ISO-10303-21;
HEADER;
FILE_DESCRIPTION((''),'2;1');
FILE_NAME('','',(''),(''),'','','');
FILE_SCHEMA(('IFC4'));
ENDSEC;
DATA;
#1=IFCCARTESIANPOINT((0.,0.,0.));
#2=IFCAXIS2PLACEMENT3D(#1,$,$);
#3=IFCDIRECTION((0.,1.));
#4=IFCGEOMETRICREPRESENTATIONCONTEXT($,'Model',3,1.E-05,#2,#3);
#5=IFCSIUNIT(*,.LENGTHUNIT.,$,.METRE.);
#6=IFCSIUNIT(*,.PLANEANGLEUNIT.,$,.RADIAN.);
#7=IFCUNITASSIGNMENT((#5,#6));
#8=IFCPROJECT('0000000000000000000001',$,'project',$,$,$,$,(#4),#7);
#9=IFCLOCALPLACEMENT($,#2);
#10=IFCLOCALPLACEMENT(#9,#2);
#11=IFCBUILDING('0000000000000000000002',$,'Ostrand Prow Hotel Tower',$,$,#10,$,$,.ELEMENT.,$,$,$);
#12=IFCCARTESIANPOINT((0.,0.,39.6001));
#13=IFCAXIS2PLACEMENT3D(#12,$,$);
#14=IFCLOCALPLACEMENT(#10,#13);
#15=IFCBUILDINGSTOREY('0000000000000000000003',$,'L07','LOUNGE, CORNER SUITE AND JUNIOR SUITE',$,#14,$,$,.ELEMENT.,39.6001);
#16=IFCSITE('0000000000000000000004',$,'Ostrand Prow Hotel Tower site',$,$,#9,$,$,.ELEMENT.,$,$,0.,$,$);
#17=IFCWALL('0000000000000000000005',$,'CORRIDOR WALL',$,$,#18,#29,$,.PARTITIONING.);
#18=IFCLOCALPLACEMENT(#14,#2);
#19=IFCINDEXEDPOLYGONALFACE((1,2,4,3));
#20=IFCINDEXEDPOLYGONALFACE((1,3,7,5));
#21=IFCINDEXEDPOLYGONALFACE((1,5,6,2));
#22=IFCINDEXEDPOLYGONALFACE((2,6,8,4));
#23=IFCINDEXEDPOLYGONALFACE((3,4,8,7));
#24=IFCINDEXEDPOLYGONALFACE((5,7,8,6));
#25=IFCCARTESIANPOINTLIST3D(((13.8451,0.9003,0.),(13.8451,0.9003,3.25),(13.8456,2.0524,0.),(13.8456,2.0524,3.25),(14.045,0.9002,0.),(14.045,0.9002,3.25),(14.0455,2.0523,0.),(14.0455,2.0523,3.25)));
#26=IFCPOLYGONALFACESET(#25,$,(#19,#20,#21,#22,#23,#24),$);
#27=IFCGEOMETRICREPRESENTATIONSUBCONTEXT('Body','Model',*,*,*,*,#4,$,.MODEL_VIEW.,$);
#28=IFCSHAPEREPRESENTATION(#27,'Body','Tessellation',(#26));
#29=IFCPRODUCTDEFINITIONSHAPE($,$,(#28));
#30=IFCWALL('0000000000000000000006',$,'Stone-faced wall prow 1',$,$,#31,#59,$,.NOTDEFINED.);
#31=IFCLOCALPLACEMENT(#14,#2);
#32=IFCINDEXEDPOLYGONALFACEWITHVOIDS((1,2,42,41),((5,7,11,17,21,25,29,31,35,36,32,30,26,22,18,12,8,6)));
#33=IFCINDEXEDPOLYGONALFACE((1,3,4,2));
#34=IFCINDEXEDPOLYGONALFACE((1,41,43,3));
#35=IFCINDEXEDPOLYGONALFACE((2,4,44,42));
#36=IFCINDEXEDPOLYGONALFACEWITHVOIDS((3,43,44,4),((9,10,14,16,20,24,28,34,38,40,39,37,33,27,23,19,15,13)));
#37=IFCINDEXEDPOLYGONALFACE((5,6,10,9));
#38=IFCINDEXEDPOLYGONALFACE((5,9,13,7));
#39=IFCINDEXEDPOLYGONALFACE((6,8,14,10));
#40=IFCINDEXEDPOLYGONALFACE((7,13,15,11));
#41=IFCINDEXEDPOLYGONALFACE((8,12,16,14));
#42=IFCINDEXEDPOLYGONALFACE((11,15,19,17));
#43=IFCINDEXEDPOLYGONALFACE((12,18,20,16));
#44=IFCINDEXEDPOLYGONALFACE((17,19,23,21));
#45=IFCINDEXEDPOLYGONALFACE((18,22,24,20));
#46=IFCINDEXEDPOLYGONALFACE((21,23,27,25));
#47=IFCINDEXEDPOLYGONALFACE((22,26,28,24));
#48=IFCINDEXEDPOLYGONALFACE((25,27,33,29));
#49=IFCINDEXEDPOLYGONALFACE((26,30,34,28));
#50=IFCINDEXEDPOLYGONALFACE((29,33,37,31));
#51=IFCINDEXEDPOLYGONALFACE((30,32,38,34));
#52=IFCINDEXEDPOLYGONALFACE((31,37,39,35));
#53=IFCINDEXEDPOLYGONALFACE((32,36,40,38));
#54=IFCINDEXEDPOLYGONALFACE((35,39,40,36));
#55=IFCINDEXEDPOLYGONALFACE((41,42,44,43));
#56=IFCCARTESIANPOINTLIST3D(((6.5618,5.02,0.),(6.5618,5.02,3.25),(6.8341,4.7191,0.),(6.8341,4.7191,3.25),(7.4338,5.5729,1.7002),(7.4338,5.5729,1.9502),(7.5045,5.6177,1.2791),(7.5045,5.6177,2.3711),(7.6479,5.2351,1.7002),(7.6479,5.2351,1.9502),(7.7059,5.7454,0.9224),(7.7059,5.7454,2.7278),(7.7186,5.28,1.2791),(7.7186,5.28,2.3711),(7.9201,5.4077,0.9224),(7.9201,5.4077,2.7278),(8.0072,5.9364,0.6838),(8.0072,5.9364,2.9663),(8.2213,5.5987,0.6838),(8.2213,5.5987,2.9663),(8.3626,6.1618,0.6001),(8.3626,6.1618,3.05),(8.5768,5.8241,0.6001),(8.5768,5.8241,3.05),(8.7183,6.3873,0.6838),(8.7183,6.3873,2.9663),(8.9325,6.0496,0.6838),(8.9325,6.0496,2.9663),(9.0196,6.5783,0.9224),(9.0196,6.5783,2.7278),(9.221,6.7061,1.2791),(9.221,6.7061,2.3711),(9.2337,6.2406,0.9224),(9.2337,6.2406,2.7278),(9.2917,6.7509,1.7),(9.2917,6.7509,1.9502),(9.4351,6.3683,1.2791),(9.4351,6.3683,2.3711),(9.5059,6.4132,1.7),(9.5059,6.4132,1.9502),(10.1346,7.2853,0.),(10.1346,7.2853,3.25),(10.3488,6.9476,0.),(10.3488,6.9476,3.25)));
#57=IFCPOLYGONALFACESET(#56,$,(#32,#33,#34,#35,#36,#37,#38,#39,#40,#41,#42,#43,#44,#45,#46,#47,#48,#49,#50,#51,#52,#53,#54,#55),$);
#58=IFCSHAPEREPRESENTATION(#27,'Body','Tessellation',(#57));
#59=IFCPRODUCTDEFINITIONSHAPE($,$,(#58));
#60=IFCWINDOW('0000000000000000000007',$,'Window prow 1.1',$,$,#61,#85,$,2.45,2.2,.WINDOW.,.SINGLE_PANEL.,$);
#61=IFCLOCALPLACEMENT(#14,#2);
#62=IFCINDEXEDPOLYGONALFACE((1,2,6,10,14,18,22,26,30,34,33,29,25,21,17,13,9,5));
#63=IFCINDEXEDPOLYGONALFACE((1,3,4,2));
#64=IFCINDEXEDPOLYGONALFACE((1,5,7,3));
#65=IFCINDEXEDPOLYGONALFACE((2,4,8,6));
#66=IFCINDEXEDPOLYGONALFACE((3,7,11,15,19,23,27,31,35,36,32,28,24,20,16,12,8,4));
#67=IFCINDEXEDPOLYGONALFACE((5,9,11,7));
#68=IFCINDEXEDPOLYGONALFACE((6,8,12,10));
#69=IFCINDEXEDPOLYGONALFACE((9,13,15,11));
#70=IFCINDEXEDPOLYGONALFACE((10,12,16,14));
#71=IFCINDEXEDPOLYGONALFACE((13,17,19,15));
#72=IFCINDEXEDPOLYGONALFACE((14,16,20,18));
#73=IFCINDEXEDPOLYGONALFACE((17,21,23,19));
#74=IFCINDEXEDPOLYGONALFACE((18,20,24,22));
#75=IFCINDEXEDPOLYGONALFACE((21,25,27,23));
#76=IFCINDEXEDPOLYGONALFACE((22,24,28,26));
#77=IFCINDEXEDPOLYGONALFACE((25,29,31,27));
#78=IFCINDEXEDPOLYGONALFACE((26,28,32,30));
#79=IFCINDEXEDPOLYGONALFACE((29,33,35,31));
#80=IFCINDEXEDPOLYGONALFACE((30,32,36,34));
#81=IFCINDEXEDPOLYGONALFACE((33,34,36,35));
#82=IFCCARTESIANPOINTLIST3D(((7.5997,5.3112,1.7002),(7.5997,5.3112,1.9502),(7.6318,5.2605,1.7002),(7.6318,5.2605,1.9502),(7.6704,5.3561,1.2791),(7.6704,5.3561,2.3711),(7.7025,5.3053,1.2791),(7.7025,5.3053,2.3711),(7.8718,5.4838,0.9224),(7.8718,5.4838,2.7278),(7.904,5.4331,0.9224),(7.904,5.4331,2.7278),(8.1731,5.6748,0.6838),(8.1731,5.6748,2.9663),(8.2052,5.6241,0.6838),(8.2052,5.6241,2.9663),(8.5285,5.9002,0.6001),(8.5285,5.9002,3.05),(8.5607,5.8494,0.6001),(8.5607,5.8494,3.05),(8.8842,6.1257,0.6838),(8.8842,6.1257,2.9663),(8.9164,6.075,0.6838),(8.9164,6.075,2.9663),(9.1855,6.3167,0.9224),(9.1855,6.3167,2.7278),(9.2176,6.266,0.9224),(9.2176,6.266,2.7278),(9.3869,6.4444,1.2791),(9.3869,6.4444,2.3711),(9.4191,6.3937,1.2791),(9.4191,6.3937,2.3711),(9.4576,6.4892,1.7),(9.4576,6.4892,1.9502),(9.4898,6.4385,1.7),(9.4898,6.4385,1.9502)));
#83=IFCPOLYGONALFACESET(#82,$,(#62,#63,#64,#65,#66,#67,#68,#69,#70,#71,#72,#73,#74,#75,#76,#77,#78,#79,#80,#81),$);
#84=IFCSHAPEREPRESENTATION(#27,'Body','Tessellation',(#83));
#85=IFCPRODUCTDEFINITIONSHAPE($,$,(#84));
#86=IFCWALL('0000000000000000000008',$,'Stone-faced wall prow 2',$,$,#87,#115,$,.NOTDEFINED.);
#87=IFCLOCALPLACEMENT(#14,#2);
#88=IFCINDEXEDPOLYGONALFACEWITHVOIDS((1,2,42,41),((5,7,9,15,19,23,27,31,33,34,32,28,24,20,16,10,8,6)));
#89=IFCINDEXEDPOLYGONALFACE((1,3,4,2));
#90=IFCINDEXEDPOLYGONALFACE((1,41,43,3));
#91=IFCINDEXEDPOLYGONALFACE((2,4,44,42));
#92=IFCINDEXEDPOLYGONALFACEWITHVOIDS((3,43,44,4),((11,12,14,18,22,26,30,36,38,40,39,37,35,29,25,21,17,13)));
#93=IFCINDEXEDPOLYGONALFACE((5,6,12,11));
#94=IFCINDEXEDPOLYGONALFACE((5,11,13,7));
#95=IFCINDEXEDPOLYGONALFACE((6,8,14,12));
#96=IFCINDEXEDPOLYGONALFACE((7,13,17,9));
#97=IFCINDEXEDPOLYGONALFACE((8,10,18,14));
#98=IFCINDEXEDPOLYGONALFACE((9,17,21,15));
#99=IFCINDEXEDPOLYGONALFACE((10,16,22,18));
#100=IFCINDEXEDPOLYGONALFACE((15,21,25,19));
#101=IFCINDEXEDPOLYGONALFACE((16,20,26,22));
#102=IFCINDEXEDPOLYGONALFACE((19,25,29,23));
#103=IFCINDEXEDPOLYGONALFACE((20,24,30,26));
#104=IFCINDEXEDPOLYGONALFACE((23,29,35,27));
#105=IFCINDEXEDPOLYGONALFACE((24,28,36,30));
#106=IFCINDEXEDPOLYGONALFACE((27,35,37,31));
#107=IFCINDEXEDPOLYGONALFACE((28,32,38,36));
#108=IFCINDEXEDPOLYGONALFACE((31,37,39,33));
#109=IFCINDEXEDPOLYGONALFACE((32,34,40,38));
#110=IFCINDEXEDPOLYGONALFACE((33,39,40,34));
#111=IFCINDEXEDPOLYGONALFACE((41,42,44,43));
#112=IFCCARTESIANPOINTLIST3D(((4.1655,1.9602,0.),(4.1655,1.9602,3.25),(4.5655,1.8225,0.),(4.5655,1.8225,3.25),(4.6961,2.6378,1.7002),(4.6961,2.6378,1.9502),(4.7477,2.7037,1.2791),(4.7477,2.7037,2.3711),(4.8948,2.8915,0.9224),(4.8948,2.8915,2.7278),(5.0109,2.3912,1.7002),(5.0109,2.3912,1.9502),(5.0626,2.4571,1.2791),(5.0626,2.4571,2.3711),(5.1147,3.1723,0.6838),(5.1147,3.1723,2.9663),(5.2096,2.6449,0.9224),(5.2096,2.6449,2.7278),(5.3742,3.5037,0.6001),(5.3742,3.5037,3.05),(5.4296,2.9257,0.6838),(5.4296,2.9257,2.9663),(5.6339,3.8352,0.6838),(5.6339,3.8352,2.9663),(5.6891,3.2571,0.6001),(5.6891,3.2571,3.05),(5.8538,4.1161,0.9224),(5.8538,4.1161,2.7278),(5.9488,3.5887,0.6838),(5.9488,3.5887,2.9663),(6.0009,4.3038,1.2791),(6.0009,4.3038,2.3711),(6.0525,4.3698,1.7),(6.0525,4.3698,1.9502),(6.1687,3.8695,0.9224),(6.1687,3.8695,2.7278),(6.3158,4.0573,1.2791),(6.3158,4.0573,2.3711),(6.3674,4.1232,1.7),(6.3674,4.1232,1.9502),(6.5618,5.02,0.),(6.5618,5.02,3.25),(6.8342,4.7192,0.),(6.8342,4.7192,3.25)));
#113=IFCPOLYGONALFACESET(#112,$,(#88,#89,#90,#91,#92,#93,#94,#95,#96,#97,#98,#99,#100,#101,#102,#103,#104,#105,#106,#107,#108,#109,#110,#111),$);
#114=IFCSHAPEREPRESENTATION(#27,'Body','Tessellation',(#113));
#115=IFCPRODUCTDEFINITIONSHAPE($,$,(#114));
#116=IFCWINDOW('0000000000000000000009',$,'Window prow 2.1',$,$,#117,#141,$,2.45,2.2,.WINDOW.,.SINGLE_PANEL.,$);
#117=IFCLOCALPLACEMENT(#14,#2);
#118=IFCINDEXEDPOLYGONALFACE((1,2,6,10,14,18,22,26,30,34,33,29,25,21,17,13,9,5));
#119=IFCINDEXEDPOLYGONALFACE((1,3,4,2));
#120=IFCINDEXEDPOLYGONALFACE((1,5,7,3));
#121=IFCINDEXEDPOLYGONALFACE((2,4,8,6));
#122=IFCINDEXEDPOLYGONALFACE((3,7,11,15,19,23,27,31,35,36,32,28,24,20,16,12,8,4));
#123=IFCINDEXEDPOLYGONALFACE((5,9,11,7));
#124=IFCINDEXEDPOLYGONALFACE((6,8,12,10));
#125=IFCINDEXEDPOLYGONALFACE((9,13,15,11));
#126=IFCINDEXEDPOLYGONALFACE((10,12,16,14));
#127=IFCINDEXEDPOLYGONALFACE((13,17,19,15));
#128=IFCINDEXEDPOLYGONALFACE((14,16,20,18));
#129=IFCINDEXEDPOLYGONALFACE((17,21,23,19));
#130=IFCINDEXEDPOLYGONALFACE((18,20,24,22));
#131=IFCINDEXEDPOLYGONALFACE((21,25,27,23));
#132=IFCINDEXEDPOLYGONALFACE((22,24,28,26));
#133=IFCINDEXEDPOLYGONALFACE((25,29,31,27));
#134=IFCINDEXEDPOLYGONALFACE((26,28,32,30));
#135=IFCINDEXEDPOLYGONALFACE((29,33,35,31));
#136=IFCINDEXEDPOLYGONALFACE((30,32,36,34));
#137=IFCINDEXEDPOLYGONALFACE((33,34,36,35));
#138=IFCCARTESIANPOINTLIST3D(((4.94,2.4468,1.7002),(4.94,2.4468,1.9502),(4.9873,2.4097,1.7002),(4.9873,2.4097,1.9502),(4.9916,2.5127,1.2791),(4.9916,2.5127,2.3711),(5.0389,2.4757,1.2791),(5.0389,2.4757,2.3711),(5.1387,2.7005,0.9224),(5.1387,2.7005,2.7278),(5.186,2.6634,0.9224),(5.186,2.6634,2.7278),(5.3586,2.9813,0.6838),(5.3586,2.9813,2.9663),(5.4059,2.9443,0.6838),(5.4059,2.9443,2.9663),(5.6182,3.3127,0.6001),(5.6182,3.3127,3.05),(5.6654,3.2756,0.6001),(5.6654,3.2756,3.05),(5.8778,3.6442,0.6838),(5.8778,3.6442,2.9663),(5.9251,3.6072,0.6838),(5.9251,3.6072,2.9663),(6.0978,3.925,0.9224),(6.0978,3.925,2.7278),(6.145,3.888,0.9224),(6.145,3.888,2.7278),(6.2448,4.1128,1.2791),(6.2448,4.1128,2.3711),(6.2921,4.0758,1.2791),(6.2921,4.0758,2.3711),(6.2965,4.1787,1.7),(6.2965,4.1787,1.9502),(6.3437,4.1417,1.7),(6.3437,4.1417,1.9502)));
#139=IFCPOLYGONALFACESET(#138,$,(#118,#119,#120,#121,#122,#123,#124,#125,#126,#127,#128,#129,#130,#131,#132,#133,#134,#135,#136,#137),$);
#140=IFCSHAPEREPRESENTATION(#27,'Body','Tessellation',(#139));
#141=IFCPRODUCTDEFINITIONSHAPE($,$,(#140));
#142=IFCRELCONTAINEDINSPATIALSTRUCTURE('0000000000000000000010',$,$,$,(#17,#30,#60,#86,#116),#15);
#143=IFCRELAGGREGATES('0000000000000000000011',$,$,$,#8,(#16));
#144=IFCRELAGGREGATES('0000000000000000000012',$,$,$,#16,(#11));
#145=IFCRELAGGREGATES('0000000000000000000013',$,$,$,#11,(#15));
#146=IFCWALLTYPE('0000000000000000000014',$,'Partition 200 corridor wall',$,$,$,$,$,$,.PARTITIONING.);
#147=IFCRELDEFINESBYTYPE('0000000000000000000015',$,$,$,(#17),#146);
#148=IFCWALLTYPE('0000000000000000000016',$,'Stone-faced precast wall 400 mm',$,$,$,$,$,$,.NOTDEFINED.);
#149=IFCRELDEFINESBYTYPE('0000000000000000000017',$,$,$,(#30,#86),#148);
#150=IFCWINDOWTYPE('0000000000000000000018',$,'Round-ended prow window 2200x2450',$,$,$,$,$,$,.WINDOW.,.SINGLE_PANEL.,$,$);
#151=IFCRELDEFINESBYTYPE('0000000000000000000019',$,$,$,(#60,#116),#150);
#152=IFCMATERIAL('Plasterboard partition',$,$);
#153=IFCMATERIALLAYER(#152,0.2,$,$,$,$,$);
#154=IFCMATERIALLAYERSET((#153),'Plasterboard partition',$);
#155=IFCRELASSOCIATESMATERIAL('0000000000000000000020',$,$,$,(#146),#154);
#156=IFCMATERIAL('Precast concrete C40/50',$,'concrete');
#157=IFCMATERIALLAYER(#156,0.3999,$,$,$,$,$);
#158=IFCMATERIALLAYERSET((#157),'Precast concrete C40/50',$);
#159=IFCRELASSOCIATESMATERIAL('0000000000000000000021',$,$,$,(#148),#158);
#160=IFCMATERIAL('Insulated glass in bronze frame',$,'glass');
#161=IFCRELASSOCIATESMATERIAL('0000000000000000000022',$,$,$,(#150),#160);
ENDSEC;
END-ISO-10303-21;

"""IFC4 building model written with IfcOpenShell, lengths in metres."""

from ifc_helpers import new_model, si_unit, direction, frame, frame_2d, origin, place, context, subcontext, project, spatial, polyline, rectangle, outline, extrude, material, layer, layer_set, type_object, element, fill, save


model = new_model("IFC4")

# Units and contexts
model_context = context("Model", 3, precision=1e-05, world=origin(), true_north=direction((0.0, 1.0)))
body_context = subcontext(model_context, "Body", "Model", "MODEL_VIEW")
ifc_project = project(units=[si_unit("LENGTHUNIT", "METRE"), si_unit("PLANEANGLEUNIT", "RADIAN")], contexts=[model_context])

# Site, building, storey
site_placement = place(None, origin())
site = spatial("IfcSite", under=ifc_project, at=site_placement, Name="Ostrand Prow Hotel Tower site", CompositionType="ELEMENT", RefElevation=0.0)
building_placement = place(site_placement, origin())
building = spatial("IfcBuilding", under=site, at=building_placement, Name="Ostrand Prow Hotel Tower", CompositionType="ELEMENT")
storey_placement = place(building_placement, frame((0.0, 0.0, 39.6001)))
storey = spatial("IfcBuildingStorey", under=building, at=storey_placement, Name="L07", Description="LOUNGE, CORNER SUITE AND JUNIOR SUITE", CompositionType="ELEMENT", Elevation=39.6001)

# Shared definitions
ifc_material_1 = material(Name="Plasterboard partition")
ifc_layer_1 = layer(ifc_material_1, 0.2)
ifc_layer_set_1 = layer_set([ifc_layer_1], Name="Plasterboard partition")
wall_type_1 = type_object("IfcWallType", Name="Partition 200 corridor wall", PredefinedType="PARTITIONING", material=ifc_layer_set_1)

# Wall
wall_1_placement = place(storey_placement, frame((13.9456, 2.0525, 0.0), z_axis=(0.0, 0.0, 1.0), x_axis=(-0.000424, -1.0, 0.0)))
element("IfcWall", 1, at=wall_1_placement, inside=storey, type_object=wall_type_1, Name="CORRIDOR WALL", PredefinedType="PARTITIONING", context=body_context, shape_type="SweptSolid", body=[
    extrude(rectangle(XDim=1.1521, YDim=0.2, at=frame_2d((0.5762, 0.0))), origin(), (0.0, 0.0, 1.0), 3.25),
])

# Walls, openings, windows
ifc_material_2 = material(Name="Precast concrete C40/50", Category="concrete")
ifc_layer_2 = layer(ifc_material_2, 0.3999)
ifc_layer_set_2 = layer_set([ifc_layer_2], Name="Precast concrete C40/50")
wall_type_2 = type_object("IfcWallType", Name="Stone-faced precast wall 400 mm", PredefinedType="NOTDEFINED", material=ifc_layer_set_2)
wall_2_placement = place(storey_placement, frame((10.2417, 7.1165, 0.0), z_axis=(0.0, 0.0, 1.0), x_axis=(-0.844552, -0.535474, 0.0)))
wall_2 = element("IfcWall", 2, at=wall_2_placement, inside=storey, type_object=wall_type_2, Name="Stone-faced wall prow 1", PredefinedType="NOTDEFINED", context=body_context, shape_type="SweptSolid", body=[
    extrude(outline(polyline([(0.0, -0.2), (4.2305, -0.2), (4.1616, 0.2), (0.0, 0.2), (0.0, -0.2)])), origin(), (0.0, 0.0, 1.0), 3.25),
])
opening_1_placement = place(wall_2_placement, frame((0.998, 0.0, 0.6001)))
opening_1 = element("IfcOpeningElement", 3, at=opening_1_placement, cuts=wall_2, PredefinedType="OPENING", context=body_context, shape_type="SweptSolid", body=[
    extrude(outline(polyline([(0.0, 1.3501), (0.0837, 1.771), (0.3223, 2.1277), (0.679, 2.3662), (1.1001, 2.45), (1.521, 2.3662), (1.8777, 2.1277), (2.1162, 1.771), (2.2, 1.3501), (2.2, 1.1001), (2.1162, 0.679), (1.8777, 0.3223), (1.521, 0.0837), (1.1001, 0.0), (0.679, 0.0837), (0.3223, 0.3223), (0.0837, 0.679), (0.0, 1.0999), (0.0, 1.3501)])), frame((0.0, 0.21, 0.0), z_axis=(0.0, -1.0, 0.0), x_axis=(1.0, 0.0, 0.0)), (0.0, 0.0, 1.0), 0.4199),
])
ifc_material_3 = material(Name="Insulated glass in bronze frame", Category="glass")
window_type = type_object("IfcWindowType", Name="Round-ended prow window 2200x2450", PartitioningType="SINGLE_PANEL", PredefinedType="WINDOW", material=ifc_material_3)
window_1_placement = place(opening_1_placement, origin())
window_1 = element("IfcWindow", 4, at=window_1_placement, inside=storey, type_object=window_type, Name="Window prow 1.1", OverallHeight=2.45, OverallWidth=2.2, PartitioningType="SINGLE_PANEL", PredefinedType="WINDOW", context=body_context, shape_type="SweptSolid", body=[
    extrude(outline(polyline([(0.0, 1.3501), (0.0837, 1.771), (0.3223, 2.1277), (0.679, 2.3662), (1.1001, 2.45), (1.521, 2.3662), (1.8777, 2.1277), (2.1162, 1.771), (2.2, 1.3501), (2.2, 1.1001), (2.1162, 0.679), (1.8777, 0.3223), (1.521, 0.0837), (1.1001, 0.0), (0.679, 0.0837), (0.3223, 0.3223), (0.0837, 0.679), (0.0, 1.0999), (0.0, 1.3501)])), frame((0.0, 0.1699, 0.0), z_axis=(0.0, -1.0, 0.0), x_axis=(1.0, 0.0, 0.0)), (0.0, 0.0, 1.0), 0.0601),
])
fill(opening_1, window_1)
wall_3_placement = place(storey_placement, frame((6.698, 4.8696, 0.0), z_axis=(0.0, 0.0, 1.0), x_axis=(-0.616587, -0.787287, 0.0)))
wall_3 = element("IfcWall", 5, at=wall_3_placement, inside=storey, type_object=wall_type_2, Name="Stone-faced wall prow 2", PredefinedType="NOTDEFINED", context=body_context, shape_type="SweptSolid", body=[
    extrude(outline(polyline([(-0.0344, -0.2), (3.8521, -0.2), (3.7139, 0.2), (0.0344, 0.2), (-0.0344, -0.2)])), origin(), (0.0, 0.0, 1.0), 3.25),
])
opening_2_placement = place(wall_3_placement, frame((0.7915, 0.0, 0.6001)))
opening_2 = element("IfcOpeningElement", 6, at=opening_2_placement, cuts=wall_3, PredefinedType="OPENING", context=body_context, shape_type="SweptSolid", body=[
    extrude(outline(polyline([(0.0, 1.3501), (0.0837, 1.771), (0.3223, 2.1277), (0.679, 2.3662), (1.1001, 2.45), (1.521, 2.3662), (1.8777, 2.1277), (2.1162, 1.771), (2.2, 1.3501), (2.2, 1.1001), (2.1162, 0.679), (1.8777, 0.3223), (1.521, 0.0837), (1.1001, 0.0), (0.679, 0.0837), (0.3223, 0.3223), (0.0837, 0.679), (0.0, 1.0999), (0.0, 1.3501)])), frame((0.0, 0.21, 0.0), z_axis=(0.0, -1.0, 0.0), x_axis=(1.0, 0.0, 0.0)), (0.0, 0.0, 1.0), 0.4199),
])
window_2_placement = place(opening_2_placement, origin())
window_2 = element("IfcWindow", 7, at=window_2_placement, inside=storey, type_object=window_type, Name="Window prow 2.1", OverallHeight=2.45, OverallWidth=2.2, PartitioningType="SINGLE_PANEL", PredefinedType="WINDOW", context=body_context, shape_type="SweptSolid", body=[
    extrude(outline(polyline([(0.0, 1.3501), (0.0837, 1.771), (0.3223, 2.1277), (0.679, 2.3662), (1.1001, 2.45), (1.521, 2.3662), (1.8777, 2.1277), (2.1162, 1.771), (2.2, 1.3501), (2.2, 1.1001), (2.1162, 0.679), (1.8777, 0.3223), (1.521, 0.0837), (1.1001, 0.0), (0.679, 0.0837), (0.3223, 0.3223), (0.0837, 0.679), (0.0, 1.0999), (0.0, 1.3501)])), frame((0.0, 0.1699, 0.0), z_axis=(0.0, -1.0, 0.0), x_axis=(1.0, 0.0, 0.0)), (0.0, 0.0, 1.0), 0.0601),
])
fill(opening_2, window_2)

save(model, "model.ifc")
